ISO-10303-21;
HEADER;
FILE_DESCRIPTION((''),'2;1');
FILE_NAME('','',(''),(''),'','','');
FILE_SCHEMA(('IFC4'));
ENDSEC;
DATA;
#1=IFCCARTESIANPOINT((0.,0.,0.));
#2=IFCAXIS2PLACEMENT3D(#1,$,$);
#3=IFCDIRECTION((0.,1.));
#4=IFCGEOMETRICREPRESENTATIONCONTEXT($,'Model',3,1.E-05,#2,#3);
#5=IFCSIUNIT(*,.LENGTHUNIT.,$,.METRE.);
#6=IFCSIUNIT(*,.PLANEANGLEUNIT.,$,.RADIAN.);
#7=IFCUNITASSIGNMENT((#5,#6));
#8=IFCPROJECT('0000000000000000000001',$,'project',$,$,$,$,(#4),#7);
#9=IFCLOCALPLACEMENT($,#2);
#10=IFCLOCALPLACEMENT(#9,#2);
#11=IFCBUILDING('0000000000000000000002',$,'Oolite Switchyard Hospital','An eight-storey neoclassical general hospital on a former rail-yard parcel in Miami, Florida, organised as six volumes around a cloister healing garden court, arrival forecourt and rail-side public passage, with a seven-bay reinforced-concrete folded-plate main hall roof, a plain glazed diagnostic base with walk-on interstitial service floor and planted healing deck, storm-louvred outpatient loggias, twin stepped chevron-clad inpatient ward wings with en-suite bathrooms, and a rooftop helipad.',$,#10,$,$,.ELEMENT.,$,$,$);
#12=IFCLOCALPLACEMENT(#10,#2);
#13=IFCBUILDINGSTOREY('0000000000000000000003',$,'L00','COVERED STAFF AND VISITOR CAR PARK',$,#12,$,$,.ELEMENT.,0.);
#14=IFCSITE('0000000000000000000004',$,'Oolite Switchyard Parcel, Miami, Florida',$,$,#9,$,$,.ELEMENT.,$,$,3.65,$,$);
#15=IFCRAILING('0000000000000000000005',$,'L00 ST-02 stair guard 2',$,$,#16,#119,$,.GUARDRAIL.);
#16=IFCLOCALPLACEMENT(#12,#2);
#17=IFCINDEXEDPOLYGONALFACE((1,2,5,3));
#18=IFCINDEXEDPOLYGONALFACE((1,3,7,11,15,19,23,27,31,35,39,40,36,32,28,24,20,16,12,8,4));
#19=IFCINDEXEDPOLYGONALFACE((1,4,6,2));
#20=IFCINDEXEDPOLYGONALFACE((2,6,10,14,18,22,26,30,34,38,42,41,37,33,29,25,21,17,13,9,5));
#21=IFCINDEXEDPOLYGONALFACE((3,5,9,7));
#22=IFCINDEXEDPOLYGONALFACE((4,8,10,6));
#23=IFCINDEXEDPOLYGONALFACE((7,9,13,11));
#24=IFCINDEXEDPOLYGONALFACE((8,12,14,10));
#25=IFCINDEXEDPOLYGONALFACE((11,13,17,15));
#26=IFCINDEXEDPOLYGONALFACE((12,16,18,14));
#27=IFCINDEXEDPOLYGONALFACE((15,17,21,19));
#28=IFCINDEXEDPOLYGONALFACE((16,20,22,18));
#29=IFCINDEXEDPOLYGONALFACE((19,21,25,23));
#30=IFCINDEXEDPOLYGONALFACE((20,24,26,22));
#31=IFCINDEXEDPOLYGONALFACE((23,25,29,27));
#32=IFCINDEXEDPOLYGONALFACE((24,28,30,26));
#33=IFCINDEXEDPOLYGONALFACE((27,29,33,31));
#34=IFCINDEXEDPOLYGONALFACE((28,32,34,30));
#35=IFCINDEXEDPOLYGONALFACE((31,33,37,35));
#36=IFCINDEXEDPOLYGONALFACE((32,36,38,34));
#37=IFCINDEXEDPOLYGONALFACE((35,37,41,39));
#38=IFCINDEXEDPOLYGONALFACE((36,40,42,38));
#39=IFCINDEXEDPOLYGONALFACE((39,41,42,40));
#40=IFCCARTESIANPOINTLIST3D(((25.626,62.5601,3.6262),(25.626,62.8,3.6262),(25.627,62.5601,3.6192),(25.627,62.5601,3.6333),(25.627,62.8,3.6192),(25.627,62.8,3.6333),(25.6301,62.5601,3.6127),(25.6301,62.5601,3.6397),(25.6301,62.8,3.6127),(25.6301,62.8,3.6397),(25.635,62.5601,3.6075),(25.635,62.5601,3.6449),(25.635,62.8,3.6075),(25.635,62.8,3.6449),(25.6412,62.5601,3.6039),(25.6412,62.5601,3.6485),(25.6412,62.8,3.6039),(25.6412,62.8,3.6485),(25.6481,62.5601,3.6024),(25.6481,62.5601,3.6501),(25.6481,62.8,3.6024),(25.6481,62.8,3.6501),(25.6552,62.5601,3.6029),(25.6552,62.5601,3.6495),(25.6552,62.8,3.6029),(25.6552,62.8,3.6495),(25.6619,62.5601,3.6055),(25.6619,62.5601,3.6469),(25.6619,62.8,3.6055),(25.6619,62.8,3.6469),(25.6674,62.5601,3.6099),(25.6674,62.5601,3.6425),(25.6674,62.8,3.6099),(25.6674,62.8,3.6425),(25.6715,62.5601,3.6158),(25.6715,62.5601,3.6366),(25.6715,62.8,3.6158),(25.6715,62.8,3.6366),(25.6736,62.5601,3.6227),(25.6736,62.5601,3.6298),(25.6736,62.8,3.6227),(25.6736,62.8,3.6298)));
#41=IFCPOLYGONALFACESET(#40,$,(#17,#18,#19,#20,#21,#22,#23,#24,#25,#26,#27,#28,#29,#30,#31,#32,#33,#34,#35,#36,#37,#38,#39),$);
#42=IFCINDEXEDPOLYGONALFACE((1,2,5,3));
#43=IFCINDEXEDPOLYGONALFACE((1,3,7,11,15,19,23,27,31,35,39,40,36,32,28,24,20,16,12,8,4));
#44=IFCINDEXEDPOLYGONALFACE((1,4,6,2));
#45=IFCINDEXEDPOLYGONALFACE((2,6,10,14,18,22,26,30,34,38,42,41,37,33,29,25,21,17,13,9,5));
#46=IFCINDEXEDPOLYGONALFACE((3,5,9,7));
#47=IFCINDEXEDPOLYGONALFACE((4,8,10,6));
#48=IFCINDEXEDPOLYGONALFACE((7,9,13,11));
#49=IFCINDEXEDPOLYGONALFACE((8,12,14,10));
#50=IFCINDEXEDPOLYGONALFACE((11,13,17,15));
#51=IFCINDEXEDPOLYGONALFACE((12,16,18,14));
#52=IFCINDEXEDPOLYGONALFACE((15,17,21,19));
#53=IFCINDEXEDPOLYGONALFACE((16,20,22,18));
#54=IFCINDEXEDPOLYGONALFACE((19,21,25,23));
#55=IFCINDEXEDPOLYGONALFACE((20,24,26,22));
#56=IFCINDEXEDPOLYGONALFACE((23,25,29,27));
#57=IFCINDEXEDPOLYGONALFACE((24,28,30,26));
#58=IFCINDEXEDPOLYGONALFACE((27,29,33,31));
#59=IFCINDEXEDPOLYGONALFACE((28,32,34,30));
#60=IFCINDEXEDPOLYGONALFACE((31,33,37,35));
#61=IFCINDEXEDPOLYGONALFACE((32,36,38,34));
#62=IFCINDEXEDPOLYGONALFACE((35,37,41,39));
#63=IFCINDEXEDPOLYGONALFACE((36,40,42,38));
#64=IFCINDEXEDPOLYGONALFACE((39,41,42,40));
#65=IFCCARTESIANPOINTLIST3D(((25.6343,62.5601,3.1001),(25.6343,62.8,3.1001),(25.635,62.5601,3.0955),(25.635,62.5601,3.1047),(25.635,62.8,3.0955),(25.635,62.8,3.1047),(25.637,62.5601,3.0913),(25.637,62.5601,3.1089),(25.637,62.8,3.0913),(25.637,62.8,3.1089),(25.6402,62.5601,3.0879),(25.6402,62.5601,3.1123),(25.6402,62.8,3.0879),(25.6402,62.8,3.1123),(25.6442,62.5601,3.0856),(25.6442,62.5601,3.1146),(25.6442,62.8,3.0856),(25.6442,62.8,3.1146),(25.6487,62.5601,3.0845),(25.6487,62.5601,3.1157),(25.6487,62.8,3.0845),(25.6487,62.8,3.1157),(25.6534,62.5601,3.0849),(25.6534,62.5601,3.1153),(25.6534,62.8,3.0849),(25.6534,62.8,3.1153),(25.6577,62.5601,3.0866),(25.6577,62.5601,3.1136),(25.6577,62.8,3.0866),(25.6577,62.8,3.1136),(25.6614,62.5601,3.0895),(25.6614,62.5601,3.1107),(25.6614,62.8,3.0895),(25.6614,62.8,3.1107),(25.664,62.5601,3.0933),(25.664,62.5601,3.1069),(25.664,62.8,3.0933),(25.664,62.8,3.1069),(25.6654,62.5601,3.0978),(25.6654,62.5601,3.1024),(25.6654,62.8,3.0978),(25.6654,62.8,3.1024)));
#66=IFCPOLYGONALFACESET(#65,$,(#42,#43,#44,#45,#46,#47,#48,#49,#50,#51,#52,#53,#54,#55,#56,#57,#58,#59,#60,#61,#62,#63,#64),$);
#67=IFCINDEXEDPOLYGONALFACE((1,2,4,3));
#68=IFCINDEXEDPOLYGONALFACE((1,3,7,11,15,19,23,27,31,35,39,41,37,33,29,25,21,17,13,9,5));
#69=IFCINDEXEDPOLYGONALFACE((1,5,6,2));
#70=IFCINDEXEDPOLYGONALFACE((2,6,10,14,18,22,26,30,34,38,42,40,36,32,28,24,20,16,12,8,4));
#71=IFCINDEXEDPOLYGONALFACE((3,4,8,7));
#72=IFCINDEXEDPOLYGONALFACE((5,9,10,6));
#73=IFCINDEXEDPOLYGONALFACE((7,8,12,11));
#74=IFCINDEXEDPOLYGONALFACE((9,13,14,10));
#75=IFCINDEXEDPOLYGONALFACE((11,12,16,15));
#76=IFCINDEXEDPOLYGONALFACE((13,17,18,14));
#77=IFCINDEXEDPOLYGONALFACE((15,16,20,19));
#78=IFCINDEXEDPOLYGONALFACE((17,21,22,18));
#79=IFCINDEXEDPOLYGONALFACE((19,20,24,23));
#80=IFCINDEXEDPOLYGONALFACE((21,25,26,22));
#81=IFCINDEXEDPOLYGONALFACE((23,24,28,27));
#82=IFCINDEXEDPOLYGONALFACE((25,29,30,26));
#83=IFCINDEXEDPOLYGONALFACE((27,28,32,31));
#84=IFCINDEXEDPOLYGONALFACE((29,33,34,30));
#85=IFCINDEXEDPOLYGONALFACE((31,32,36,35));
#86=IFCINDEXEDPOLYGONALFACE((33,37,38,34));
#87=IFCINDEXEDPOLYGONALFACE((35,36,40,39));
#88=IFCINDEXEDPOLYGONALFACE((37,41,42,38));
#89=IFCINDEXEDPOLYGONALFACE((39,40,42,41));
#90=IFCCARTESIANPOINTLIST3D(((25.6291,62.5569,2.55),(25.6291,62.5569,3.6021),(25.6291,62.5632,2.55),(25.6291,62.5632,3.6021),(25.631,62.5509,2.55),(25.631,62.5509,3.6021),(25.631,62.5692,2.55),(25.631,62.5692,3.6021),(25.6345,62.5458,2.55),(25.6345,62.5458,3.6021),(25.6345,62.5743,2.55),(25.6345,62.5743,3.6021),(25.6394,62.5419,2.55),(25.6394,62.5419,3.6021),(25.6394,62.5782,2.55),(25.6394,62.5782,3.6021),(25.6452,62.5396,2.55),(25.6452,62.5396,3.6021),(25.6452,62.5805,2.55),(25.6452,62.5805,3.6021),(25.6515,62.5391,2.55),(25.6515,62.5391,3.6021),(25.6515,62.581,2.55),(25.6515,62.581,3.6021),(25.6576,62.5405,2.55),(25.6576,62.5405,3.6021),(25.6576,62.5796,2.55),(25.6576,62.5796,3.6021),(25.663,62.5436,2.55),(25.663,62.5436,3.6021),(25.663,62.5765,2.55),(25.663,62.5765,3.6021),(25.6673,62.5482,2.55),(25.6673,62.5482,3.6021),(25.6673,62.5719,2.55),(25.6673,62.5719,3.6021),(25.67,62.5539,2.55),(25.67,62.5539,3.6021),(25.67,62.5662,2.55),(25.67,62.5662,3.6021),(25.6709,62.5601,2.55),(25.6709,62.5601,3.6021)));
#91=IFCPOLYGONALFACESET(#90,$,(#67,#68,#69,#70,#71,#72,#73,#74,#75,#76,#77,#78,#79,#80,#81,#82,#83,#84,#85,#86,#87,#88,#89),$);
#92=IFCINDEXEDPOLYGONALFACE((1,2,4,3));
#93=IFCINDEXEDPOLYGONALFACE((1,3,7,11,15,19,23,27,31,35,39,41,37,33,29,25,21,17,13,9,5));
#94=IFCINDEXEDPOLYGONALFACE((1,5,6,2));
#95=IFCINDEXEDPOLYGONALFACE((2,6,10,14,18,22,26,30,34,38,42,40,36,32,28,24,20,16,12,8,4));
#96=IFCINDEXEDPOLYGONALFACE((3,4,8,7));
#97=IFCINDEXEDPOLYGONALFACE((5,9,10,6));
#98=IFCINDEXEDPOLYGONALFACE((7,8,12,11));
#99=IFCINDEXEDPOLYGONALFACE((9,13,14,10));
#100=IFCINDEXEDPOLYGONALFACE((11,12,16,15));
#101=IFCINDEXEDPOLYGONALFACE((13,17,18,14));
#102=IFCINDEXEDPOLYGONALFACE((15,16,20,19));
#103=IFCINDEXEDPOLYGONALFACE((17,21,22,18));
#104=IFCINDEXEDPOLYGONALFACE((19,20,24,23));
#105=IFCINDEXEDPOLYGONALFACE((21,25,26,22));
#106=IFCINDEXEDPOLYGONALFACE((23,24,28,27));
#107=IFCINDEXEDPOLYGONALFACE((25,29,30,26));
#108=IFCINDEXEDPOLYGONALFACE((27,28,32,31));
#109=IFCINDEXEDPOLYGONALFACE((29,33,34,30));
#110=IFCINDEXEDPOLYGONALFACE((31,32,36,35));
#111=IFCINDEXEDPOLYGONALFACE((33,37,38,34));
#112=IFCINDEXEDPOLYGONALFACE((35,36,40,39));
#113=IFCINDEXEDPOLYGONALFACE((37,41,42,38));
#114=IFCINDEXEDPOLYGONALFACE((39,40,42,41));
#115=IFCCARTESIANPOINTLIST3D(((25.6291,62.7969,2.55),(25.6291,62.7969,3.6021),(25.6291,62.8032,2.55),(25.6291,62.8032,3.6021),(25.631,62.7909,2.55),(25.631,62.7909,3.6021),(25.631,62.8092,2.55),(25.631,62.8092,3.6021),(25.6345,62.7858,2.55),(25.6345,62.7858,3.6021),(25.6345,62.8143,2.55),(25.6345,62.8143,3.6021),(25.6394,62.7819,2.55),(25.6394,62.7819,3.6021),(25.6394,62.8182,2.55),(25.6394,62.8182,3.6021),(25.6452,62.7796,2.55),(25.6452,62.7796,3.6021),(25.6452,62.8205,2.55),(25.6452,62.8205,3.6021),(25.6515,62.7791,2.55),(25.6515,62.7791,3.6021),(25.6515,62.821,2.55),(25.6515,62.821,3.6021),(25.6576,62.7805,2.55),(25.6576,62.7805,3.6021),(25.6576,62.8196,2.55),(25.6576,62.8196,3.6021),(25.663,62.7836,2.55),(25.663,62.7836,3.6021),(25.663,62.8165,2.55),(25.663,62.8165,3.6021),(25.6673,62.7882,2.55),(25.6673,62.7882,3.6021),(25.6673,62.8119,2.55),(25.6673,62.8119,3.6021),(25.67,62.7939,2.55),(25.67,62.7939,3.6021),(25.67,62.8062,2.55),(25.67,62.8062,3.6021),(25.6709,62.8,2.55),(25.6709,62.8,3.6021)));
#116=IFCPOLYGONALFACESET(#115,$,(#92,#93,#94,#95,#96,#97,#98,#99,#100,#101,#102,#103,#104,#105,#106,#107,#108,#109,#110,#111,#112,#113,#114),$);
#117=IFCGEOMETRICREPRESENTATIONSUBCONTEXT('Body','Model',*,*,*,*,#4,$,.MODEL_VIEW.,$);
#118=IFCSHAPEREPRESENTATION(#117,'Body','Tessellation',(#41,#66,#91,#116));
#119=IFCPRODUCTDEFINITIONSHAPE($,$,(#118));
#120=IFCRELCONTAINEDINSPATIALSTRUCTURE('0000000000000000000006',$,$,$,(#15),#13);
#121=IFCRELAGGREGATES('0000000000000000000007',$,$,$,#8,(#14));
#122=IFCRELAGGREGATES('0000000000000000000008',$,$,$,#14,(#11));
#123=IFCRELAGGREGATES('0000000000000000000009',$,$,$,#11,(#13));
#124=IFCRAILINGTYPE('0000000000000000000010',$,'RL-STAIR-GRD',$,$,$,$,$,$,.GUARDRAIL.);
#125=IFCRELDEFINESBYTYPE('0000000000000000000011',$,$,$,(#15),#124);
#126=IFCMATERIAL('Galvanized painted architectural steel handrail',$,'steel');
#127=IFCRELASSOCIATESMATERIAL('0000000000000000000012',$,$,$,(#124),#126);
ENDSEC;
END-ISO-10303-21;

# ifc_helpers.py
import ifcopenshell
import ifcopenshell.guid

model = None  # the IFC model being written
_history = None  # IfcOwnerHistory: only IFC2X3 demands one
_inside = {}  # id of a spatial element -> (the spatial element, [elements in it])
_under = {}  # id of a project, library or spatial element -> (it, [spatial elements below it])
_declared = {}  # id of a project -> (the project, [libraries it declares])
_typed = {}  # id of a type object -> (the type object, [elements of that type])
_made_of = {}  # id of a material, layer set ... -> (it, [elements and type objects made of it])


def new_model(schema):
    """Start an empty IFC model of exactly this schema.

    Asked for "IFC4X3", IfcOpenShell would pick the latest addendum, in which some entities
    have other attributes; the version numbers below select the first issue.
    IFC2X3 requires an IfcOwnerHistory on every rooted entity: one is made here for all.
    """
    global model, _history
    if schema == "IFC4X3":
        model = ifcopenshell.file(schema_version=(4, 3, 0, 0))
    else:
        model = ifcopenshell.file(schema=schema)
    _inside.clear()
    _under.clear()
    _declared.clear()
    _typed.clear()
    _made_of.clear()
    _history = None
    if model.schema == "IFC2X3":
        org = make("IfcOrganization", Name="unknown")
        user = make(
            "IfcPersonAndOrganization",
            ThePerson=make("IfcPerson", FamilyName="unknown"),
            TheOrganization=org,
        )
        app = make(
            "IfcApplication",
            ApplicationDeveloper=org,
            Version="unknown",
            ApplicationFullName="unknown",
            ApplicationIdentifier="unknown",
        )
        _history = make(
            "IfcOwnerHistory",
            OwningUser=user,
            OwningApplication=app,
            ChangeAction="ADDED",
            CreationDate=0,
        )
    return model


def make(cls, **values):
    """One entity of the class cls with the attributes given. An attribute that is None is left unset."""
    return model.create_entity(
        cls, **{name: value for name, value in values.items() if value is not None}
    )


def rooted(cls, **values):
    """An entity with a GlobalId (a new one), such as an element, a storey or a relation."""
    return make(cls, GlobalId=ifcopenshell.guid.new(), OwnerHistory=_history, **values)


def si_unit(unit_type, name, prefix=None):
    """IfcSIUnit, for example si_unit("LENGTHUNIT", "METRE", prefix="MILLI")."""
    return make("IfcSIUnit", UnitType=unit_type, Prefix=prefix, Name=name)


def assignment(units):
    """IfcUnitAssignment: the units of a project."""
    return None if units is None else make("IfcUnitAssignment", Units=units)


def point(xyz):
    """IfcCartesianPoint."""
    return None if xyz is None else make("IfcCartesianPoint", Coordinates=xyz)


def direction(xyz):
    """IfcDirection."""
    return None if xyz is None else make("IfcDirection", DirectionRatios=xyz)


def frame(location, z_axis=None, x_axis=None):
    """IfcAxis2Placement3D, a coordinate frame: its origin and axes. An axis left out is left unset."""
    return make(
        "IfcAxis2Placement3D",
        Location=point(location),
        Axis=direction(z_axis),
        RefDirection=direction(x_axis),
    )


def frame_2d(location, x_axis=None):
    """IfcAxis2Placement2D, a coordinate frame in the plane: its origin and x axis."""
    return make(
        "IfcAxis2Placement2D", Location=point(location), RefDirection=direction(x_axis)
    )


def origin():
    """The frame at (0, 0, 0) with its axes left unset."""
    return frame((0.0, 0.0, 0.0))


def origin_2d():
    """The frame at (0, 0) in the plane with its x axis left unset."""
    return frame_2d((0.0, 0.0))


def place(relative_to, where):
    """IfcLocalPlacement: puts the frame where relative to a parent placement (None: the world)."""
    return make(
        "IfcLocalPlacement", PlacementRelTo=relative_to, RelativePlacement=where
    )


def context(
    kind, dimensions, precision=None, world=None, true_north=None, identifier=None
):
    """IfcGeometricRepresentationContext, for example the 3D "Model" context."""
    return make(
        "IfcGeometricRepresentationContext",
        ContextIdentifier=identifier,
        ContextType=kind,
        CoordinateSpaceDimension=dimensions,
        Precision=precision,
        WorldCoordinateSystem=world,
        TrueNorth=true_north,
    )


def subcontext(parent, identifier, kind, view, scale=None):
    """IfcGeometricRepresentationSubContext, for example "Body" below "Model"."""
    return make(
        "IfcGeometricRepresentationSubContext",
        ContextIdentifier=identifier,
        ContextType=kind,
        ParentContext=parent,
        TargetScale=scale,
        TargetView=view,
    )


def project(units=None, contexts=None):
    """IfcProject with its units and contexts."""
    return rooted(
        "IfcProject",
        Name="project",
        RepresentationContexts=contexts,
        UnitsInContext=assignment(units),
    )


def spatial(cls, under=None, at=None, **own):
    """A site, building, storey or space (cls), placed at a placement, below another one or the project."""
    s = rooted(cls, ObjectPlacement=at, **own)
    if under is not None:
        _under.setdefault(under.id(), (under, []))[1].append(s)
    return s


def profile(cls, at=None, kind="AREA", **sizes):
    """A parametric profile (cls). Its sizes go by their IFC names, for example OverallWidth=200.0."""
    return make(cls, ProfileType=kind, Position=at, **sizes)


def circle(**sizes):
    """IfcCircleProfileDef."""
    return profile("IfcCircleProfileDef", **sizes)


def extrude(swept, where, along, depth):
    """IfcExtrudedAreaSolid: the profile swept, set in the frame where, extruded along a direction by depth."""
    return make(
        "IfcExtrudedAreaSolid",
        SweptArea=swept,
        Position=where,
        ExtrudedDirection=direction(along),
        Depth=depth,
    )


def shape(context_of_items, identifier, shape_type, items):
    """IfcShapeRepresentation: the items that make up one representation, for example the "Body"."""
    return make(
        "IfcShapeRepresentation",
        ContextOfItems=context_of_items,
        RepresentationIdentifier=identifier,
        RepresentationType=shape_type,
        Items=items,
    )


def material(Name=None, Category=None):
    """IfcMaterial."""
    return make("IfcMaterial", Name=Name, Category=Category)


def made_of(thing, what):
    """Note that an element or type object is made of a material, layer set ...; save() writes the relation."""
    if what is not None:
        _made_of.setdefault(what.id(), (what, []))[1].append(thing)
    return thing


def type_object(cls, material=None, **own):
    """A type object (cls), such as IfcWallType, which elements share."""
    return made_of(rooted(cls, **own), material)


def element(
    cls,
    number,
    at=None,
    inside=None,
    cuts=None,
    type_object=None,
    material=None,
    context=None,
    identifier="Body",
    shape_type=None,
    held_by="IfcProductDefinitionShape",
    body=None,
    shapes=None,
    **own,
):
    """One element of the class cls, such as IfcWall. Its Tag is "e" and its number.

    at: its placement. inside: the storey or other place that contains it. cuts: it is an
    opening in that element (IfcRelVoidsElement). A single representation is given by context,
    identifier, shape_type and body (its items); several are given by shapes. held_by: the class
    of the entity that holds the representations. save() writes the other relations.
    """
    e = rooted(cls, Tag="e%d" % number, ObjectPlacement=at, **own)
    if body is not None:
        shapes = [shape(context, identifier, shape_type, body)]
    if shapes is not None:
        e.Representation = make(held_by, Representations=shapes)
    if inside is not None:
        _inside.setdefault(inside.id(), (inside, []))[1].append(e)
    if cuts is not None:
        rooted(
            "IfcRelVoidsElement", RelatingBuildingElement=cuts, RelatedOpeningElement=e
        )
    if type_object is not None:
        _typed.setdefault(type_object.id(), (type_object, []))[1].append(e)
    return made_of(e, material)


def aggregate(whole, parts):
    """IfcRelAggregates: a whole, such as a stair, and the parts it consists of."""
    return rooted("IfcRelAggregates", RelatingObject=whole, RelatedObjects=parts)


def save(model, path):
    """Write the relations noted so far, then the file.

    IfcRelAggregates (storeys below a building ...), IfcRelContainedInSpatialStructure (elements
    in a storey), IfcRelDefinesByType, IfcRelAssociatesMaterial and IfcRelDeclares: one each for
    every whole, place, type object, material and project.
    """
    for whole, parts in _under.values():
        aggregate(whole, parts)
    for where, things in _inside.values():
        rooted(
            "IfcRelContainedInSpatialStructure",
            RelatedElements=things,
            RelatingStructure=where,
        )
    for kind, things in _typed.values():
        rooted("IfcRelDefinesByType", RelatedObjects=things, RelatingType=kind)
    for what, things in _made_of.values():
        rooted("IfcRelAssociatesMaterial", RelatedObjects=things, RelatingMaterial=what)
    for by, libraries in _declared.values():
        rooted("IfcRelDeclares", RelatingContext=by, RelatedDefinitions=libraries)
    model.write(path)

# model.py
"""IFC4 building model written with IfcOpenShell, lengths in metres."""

from ifc_helpers import new_model, si_unit, direction, frame, origin, origin_2d, place, context, subcontext, project, spatial, circle, extrude, material, type_object, element, save


model = new_model("IFC4")

# Units and contexts
model_context = context("Model", 3, precision=1e-05, world=origin(), true_north=direction((0.0, 1.0)))
body_context = subcontext(model_context, "Body", "Model", "MODEL_VIEW")
ifc_project = project(units=[si_unit("LENGTHUNIT", "METRE"), si_unit("PLANEANGLEUNIT", "RADIAN")], contexts=[model_context])

# Site, building, storey
site_placement = place(None, origin())
site = spatial("IfcSite", under=ifc_project, at=site_placement, Name="Oolite Switchyard Parcel, Miami, Florida", CompositionType="ELEMENT", RefElevation=3.65)
building_placement = place(site_placement, origin())
building = spatial("IfcBuilding", under=site, at=building_placement, Name="Oolite Switchyard Hospital", Description="An eight-storey neoclassical general hospital on a former rail-yard parcel in Miami, Florida, organised as six volumes around a cloister healing garden court, arrival forecourt and rail-side public passage, with a seven-bay reinforced-concrete folded-plate main hall roof, a plain glazed diagnostic base with walk-on interstitial service floor and planted healing deck, storm-louvred outpatient loggias, twin stepped chevron-clad inpatient ward wings with en-suite bathrooms, and a rooftop helipad.", CompositionType="ELEMENT")
storey_placement = place(building_placement, origin())
storey = spatial("IfcBuildingStorey", under=building, at=storey_placement, Name="L00", Description="COVERED STAFF AND VISITOR CAR PARK", CompositionType="ELEMENT", Elevation=0.0)

# Railing
ifc_material_1 = material(Name="Galvanized painted architectural steel handrail", Category="steel")
railing_type_1 = type_object("IfcRailingType", Name="RL-STAIR-GRD", PredefinedType="GUARDRAIL", material=ifc_material_1)
railing_1_placement = place(storey_placement, frame((25.6499, 62.5601, 2.55)))
element("IfcRailing", 1, at=railing_1_placement, inside=storey, type_object=railing_type_1, Name="L00 ST-02 stair guard 2", PredefinedType="GUARDRAIL", context=body_context, shape_type="SweptSolid", body=[
    extrude(circle(Radius=0.0239, at=origin_2d()), frame((0.0, 0.0, 1.0762), z_axis=(0.0, 1.0, 0.0), x_axis=(-1.0, 0.0, 0.0)), (0.0, 0.0, 1.0), 0.24),
    extrude(circle(Radius=0.0156, at=origin_2d()), frame((0.0, 0.0, 0.55), z_axis=(0.0, 1.0, 0.0), x_axis=(-1.0, 0.0, 0.0)), (0.0, 0.0, 1.0), 0.24),
    extrude(circle(Radius=0.021, at=origin_2d()), origin(), (0.0, 0.0, 1.0), 1.052),
    extrude(circle(Radius=0.021, at=origin_2d()), frame((0.0, 0.24, 0.0)), (0.0, 0.0, 1.0), 1.052),
])

save(model, "model.ifc")
